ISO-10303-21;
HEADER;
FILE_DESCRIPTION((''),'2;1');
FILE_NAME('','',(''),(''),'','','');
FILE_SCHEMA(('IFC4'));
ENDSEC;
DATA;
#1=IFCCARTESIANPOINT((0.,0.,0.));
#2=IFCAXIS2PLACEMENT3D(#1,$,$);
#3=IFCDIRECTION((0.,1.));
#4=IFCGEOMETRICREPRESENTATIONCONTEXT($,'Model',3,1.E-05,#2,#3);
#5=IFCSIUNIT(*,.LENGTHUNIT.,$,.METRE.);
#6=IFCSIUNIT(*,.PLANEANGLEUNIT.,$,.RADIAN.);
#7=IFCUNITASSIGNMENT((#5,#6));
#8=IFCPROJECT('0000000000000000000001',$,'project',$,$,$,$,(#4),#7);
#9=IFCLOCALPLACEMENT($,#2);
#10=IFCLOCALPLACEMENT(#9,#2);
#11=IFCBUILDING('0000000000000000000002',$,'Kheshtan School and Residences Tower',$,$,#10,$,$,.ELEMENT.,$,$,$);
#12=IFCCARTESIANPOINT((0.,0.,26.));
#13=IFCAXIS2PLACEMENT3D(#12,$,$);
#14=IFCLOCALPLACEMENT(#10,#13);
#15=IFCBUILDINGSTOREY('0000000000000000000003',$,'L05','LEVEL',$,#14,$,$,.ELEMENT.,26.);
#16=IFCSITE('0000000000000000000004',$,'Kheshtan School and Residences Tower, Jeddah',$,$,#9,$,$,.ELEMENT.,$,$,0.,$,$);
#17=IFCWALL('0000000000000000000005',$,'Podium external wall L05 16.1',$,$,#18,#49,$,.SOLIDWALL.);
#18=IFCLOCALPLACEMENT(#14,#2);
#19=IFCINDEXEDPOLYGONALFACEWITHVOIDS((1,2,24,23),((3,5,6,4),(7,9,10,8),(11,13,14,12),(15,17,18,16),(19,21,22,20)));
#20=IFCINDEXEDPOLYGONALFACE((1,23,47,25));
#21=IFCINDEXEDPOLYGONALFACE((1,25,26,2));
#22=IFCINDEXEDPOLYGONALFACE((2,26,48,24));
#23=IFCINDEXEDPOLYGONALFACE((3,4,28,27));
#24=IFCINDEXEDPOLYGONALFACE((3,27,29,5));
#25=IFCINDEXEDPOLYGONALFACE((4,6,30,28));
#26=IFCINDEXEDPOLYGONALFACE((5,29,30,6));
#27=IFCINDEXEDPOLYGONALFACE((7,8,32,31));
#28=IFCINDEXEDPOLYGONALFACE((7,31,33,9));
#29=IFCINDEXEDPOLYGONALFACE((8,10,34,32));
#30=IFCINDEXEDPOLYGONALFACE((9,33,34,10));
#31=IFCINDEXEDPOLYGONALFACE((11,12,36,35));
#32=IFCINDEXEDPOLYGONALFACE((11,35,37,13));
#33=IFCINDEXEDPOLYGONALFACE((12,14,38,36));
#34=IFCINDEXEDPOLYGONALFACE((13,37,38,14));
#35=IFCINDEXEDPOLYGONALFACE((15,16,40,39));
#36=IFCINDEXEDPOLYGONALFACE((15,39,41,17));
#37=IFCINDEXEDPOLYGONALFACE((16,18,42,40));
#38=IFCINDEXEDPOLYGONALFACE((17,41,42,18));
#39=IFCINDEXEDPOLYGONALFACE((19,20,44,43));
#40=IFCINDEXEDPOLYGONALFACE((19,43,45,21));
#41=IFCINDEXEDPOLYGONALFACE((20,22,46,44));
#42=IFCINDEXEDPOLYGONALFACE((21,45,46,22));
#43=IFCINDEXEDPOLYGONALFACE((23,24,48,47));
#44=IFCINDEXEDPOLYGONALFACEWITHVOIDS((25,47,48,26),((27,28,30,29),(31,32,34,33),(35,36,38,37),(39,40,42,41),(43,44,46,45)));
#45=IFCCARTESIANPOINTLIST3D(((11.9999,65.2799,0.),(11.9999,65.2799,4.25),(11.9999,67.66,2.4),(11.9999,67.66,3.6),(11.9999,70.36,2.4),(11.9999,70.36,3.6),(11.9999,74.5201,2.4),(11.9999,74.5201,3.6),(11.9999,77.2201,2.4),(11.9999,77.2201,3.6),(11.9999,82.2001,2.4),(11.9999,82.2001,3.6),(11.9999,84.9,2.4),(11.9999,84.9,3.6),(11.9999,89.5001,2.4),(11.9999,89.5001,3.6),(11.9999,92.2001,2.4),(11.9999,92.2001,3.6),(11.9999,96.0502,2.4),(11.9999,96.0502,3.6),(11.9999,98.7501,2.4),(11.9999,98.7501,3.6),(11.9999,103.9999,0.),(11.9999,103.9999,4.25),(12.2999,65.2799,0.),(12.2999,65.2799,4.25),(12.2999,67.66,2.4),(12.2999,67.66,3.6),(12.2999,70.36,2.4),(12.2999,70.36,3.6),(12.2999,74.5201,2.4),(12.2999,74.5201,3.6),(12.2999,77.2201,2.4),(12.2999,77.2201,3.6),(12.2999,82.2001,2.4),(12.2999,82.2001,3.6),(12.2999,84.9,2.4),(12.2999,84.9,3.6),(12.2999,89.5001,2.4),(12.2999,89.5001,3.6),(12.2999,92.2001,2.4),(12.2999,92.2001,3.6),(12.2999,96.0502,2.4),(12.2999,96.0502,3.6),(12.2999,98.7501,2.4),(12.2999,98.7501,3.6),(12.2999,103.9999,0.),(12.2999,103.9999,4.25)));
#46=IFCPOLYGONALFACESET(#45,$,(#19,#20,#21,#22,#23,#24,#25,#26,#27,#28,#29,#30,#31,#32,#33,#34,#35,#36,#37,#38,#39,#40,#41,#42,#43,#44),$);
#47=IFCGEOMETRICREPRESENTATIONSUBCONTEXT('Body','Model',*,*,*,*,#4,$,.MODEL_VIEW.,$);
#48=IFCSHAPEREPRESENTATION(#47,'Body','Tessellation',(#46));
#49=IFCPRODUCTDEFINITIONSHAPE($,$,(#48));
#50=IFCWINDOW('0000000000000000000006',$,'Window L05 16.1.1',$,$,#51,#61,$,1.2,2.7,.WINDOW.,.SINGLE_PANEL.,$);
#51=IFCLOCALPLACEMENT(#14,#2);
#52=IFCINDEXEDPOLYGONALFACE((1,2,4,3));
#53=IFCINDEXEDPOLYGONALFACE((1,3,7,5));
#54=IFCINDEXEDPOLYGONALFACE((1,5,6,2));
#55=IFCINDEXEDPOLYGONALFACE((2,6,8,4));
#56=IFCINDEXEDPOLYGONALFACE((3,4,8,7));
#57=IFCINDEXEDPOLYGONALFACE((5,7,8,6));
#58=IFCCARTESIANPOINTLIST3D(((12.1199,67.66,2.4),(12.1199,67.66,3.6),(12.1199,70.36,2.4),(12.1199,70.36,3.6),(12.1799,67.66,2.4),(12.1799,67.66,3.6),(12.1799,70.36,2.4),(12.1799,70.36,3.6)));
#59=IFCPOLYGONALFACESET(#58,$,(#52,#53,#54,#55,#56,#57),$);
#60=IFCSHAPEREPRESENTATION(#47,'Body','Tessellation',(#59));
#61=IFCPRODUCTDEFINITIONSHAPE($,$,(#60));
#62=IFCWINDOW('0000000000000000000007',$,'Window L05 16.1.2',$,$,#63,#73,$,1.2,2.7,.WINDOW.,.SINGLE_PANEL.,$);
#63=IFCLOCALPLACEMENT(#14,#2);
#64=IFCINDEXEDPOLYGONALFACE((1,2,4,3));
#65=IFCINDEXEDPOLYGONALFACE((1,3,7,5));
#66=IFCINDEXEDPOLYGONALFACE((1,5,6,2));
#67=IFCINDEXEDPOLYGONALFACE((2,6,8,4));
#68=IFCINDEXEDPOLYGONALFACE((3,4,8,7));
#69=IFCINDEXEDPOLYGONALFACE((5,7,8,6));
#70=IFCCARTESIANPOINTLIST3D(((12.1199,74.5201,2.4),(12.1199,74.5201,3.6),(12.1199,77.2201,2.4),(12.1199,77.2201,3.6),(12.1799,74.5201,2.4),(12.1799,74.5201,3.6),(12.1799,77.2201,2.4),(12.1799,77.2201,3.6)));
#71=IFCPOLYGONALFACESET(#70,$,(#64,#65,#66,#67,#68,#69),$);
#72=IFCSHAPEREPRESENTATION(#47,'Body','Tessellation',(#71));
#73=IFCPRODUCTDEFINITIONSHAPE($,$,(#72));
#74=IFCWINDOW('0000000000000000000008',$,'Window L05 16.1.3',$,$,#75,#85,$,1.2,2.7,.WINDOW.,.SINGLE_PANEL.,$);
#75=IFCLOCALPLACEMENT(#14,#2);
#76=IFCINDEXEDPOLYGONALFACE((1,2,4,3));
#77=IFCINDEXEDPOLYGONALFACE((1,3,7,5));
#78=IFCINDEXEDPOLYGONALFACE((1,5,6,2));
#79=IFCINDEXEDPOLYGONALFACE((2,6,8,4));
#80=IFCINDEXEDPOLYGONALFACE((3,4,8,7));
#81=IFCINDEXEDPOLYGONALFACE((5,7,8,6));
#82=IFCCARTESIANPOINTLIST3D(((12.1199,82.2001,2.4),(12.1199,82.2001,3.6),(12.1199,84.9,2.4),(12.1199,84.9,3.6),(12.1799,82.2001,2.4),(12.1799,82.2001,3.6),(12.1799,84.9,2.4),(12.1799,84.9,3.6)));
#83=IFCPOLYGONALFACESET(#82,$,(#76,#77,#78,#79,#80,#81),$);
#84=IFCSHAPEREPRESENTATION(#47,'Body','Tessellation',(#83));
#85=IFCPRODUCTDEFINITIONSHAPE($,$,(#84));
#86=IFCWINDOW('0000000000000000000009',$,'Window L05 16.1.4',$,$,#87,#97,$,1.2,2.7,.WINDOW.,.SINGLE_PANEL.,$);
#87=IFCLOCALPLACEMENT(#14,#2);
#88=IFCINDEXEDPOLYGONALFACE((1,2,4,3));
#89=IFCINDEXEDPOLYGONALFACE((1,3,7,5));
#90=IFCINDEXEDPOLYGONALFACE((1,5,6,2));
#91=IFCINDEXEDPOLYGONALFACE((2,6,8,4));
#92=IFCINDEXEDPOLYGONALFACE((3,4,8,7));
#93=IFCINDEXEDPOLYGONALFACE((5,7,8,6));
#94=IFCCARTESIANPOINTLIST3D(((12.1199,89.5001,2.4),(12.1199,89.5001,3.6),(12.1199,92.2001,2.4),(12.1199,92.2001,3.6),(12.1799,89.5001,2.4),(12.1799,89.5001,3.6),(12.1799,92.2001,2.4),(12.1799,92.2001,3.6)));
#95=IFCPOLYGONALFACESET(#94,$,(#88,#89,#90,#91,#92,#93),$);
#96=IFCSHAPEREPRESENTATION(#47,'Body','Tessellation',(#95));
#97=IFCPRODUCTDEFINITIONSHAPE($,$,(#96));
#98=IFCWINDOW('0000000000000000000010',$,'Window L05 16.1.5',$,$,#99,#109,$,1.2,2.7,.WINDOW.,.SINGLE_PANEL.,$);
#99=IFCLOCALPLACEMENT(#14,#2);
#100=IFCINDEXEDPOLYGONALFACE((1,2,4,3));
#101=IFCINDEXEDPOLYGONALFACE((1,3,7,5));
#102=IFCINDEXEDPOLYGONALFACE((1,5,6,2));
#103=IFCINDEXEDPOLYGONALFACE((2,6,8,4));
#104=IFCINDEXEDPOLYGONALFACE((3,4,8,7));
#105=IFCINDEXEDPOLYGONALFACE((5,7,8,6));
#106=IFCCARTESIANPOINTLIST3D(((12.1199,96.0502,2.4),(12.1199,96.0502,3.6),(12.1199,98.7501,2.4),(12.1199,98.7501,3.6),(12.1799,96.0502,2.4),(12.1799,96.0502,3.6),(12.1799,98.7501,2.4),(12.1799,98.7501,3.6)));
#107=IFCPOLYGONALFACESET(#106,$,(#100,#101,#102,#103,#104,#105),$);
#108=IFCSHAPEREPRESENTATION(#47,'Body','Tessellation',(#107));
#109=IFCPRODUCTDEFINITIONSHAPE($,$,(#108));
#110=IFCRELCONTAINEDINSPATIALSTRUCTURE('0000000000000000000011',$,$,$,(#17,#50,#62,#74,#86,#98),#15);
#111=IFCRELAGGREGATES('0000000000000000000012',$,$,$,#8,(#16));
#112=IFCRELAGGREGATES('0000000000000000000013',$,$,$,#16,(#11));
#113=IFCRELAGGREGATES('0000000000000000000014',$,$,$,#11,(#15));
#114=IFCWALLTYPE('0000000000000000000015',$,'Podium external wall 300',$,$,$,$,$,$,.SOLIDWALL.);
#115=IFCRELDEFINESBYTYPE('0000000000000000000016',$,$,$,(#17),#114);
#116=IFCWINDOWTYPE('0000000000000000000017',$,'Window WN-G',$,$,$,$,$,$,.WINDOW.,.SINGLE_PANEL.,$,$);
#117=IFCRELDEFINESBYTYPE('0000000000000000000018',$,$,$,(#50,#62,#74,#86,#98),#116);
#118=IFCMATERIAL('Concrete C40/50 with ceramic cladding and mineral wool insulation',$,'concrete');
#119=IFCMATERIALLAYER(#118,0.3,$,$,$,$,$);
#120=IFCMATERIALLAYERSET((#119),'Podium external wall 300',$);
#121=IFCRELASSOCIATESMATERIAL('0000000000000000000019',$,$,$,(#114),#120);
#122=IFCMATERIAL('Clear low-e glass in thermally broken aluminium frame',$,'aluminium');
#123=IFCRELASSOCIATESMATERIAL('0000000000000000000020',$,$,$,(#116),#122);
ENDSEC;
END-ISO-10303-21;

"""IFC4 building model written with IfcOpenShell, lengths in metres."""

from ifc_helpers import new_model, si_unit, direction, frame, frame_2d, origin, place, context, subcontext, project, spatial, rectangle, extrude, source, transform, mapped, material, layer, layer_set, type_object, element, fill, save


model = new_model("IFC4")

# Units and contexts
model_context = context("Model", 3, precision=1e-05, world=origin(), true_north=direction((0.0, 1.0)))
body_context = subcontext(model_context, "Body", "Model", "MODEL_VIEW")
ifc_project = project(units=[si_unit("LENGTHUNIT", "METRE"), si_unit("PLANEANGLEUNIT", "RADIAN")], contexts=[model_context])

# Site, building, storey
site_placement = place(None, origin())
site = spatial("IfcSite", under=ifc_project, at=site_placement, Name="Kheshtan School and Residences Tower, Jeddah", CompositionType="ELEMENT", RefElevation=0.0)
building_placement = place(site_placement, origin())
building = spatial("IfcBuilding", under=site, at=building_placement, Name="Kheshtan School and Residences Tower", CompositionType="ELEMENT")
storey_placement = place(building_placement, frame((0.0, 0.0, 26.0)))
storey = spatial("IfcBuildingStorey", under=building, at=storey_placement, Name="L05", Description="LEVEL", CompositionType="ELEMENT", Elevation=26.0)

# Shared definitions
ifc_material_1 = material(Name="Clear low-e glass in thermally broken aluminium frame", Category="aluminium")

# Wall, openings, windows
ifc_material_2 = material(Name="Concrete C40/50 with ceramic cladding and mineral wool insulation", Category="concrete")
ifc_layer_1 = layer(ifc_material_2, 0.3)
ifc_layer_set_1 = layer_set([ifc_layer_1], Name="Podium external wall 300")
wall_type_1 = type_object("IfcWallType", Name="Podium external wall 300", PredefinedType="SOLIDWALL", material=ifc_layer_set_1)
wall_1_placement = place(storey_placement, frame((12.1499, 65.28, 0.0), z_axis=(0.0, 0.0, 1.0), x_axis=(0.0, 1.0, 0.0)))
wall_1 = element("IfcWall", 1, at=wall_1_placement, inside=storey, type_object=wall_type_1, Name="Podium external wall L05 16.1", PredefinedType="SOLIDWALL", context=body_context, shape_type="SweptSolid", body=[
    extrude(rectangle(XDim=38.72, YDim=0.3, at=frame_2d((19.3599, 0.0))), origin(), (0.0, 0.0, 1.0), 4.25),
])
opening_1_placement = place(wall_1_placement, frame((2.3799, 0.0, 2.3999)))
opening_1 = element("IfcOpeningElement", 2, at=opening_1_placement, cuts=wall_1, PredefinedType="OPENING", context=body_context, shape_type="SweptSolid", body=[
    extrude(rectangle(XDim=2.7, YDim=1.2, at=frame_2d((1.3501, 0.6001))), frame((0.0, 0.1602, 0.0), z_axis=(0.0, -1.0, 0.0), x_axis=(1.0, 0.0, 0.0)), (0.0, 0.0, 1.0), 0.3201),
])
opening_2_placement = place(wall_1_placement, frame((9.24, 0.0, 2.3999)))
opening_2 = element("IfcOpeningElement", 3, at=opening_2_placement, cuts=wall_1, PredefinedType="OPENING", context=body_context, shape_type="SweptSolid", body=[
    extrude(rectangle(XDim=2.7, YDim=1.2, at=frame_2d((1.3501, 0.6001))), frame((0.0, 0.1602, 0.0), z_axis=(0.0, -1.0, 0.0), x_axis=(1.0, 0.0, 0.0)), (0.0, 0.0, 1.0), 0.3201),
])
opening_3_placement = place(wall_1_placement, frame((16.9199, 0.0, 2.3999)))
opening_3 = element("IfcOpeningElement", 4, at=opening_3_placement, cuts=wall_1, PredefinedType="OPENING", context=body_context, shape_type="SweptSolid", body=[
    extrude(rectangle(XDim=2.7, YDim=1.2, at=frame_2d((1.3501, 0.6001))), frame((0.0, 0.1602, 0.0), z_axis=(0.0, -1.0, 0.0), x_axis=(1.0, 0.0, 0.0)), (0.0, 0.0, 1.0), 0.3201),
])
opening_4_placement = place(wall_1_placement, frame((24.22, 0.0, 2.3999)))
opening_4 = element("IfcOpeningElement", 5, at=opening_4_placement, cuts=wall_1, PredefinedType="OPENING", context=body_context, shape_type="SweptSolid", body=[
    extrude(rectangle(XDim=2.7, YDim=1.2, at=frame_2d((1.3501, 0.6001))), frame((0.0, 0.1602, 0.0), z_axis=(0.0, -1.0, 0.0), x_axis=(1.0, 0.0, 0.0)), (0.0, 0.0, 1.0), 0.3201),
])
opening_5_placement = place(wall_1_placement, frame((30.77, 0.0, 2.3999)))
opening_5 = element("IfcOpeningElement", 6, at=opening_5_placement, cuts=wall_1, PredefinedType="OPENING", context=body_context, shape_type="SweptSolid", body=[
    extrude(rectangle(XDim=2.7, YDim=1.2, at=frame_2d((1.3501, 0.6001))), frame((0.0, 0.1602, 0.0), z_axis=(0.0, -1.0, 0.0), x_axis=(1.0, 0.0, 0.0)), (0.0, 0.0, 1.0), 0.3201),
])
window_type = type_object("IfcWindowType", Name="Window WN-G", PartitioningType="SINGLE_PANEL", PredefinedType="WINDOW", material=ifc_material_1)
shared_shape = source(origin(), body_context, "Body", "SweptSolid", [
    extrude(rectangle(XDim=2.7, YDim=1.2, at=frame_2d((1.3501, 0.6001))), frame((0.0, 0.03, 0.0), z_axis=(0.0, -1.0, 0.0), x_axis=(1.0, 0.0, 0.0)), (0.0, 0.0, 1.0), 0.0601),
])
window_1_placement = place(opening_1_placement, origin())
window_1 = element("IfcWindow", 7, at=window_1_placement, inside=storey, type_object=window_type, Name="Window L05 16.1.1", OverallHeight=1.2, OverallWidth=2.7, PartitioningType="SINGLE_PANEL", PredefinedType="WINDOW", context=body_context, shape_type="MappedRepresentation", body=[
    mapped(shared_shape, transform((0.0, 0.0, 0.0), x_axis=(1.0, 0.0, 0.0), y_axis=(0.0, 1.0, 0.0), z_axis=(0.0, 0.0, 1.0), scale=1.0)),
])
fill(opening_1, window_1)
window_2_placement = place(opening_2_placement, origin())
window_2 = element("IfcWindow", 8, at=window_2_placement, inside=storey, type_object=window_type, Name="Window L05 16.1.2", OverallHeight=1.2, OverallWidth=2.7, PartitioningType="SINGLE_PANEL", PredefinedType="WINDOW", context=body_context, shape_type="MappedRepresentation", body=[
    mapped(shared_shape, transform((0.0, 0.0, 0.0), x_axis=(1.0, 0.0, 0.0), y_axis=(0.0, 1.0, 0.0), z_axis=(0.0, 0.0, 1.0), scale=1.0)),
])
fill(opening_2, window_2)
window_3_placement = place(opening_3_placement, origin())
window_3 = element("IfcWindow", 9, at=window_3_placement, inside=storey, type_object=window_type, Name="Window L05 16.1.3", OverallHeight=1.2, OverallWidth=2.7, PartitioningType="SINGLE_PANEL", PredefinedType="WINDOW", context=body_context, shape_type="MappedRepresentation", body=[
    mapped(shared_shape, transform((0.0, 0.0, 0.0), x_axis=(1.0, 0.0, 0.0), y_axis=(0.0, 1.0, 0.0), z_axis=(0.0, 0.0, 1.0), scale=1.0)),
])
fill(opening_3, window_3)
window_4_placement = place(opening_4_placement, origin())
window_4 = element("IfcWindow", 10, at=window_4_placement, inside=storey, type_object=window_type, Name="Window L05 16.1.4", OverallHeight=1.2, OverallWidth=2.7, PartitioningType="SINGLE_PANEL", PredefinedType="WINDOW", context=body_context, shape_type="MappedRepresentation", body=[
    mapped(shared_shape, transform((0.0, 0.0, 0.0), x_axis=(1.0, 0.0, 0.0), y_axis=(0.0, 1.0, 0.0), z_axis=(0.0, 0.0, 1.0), scale=1.0)),
])
fill(opening_4, window_4)
window_5_placement = place(opening_5_placement, origin())
window_5 = element("IfcWindow", 11, at=window_5_placement, inside=storey, type_object=window_type, Name="Window L05 16.1.5", OverallHeight=1.2, OverallWidth=2.7, PartitioningType="SINGLE_PANEL", PredefinedType="WINDOW", context=body_context, shape_type="MappedRepresentation", body=[
    mapped(shared_shape, transform((0.0, 0.0, 0.0), x_axis=(1.0, 0.0, 0.0), y_axis=(0.0, 1.0, 0.0), z_axis=(0.0, 0.0, 1.0), scale=1.0)),
])
fill(opening_5, window_5)

save(model, "model.ifc")
